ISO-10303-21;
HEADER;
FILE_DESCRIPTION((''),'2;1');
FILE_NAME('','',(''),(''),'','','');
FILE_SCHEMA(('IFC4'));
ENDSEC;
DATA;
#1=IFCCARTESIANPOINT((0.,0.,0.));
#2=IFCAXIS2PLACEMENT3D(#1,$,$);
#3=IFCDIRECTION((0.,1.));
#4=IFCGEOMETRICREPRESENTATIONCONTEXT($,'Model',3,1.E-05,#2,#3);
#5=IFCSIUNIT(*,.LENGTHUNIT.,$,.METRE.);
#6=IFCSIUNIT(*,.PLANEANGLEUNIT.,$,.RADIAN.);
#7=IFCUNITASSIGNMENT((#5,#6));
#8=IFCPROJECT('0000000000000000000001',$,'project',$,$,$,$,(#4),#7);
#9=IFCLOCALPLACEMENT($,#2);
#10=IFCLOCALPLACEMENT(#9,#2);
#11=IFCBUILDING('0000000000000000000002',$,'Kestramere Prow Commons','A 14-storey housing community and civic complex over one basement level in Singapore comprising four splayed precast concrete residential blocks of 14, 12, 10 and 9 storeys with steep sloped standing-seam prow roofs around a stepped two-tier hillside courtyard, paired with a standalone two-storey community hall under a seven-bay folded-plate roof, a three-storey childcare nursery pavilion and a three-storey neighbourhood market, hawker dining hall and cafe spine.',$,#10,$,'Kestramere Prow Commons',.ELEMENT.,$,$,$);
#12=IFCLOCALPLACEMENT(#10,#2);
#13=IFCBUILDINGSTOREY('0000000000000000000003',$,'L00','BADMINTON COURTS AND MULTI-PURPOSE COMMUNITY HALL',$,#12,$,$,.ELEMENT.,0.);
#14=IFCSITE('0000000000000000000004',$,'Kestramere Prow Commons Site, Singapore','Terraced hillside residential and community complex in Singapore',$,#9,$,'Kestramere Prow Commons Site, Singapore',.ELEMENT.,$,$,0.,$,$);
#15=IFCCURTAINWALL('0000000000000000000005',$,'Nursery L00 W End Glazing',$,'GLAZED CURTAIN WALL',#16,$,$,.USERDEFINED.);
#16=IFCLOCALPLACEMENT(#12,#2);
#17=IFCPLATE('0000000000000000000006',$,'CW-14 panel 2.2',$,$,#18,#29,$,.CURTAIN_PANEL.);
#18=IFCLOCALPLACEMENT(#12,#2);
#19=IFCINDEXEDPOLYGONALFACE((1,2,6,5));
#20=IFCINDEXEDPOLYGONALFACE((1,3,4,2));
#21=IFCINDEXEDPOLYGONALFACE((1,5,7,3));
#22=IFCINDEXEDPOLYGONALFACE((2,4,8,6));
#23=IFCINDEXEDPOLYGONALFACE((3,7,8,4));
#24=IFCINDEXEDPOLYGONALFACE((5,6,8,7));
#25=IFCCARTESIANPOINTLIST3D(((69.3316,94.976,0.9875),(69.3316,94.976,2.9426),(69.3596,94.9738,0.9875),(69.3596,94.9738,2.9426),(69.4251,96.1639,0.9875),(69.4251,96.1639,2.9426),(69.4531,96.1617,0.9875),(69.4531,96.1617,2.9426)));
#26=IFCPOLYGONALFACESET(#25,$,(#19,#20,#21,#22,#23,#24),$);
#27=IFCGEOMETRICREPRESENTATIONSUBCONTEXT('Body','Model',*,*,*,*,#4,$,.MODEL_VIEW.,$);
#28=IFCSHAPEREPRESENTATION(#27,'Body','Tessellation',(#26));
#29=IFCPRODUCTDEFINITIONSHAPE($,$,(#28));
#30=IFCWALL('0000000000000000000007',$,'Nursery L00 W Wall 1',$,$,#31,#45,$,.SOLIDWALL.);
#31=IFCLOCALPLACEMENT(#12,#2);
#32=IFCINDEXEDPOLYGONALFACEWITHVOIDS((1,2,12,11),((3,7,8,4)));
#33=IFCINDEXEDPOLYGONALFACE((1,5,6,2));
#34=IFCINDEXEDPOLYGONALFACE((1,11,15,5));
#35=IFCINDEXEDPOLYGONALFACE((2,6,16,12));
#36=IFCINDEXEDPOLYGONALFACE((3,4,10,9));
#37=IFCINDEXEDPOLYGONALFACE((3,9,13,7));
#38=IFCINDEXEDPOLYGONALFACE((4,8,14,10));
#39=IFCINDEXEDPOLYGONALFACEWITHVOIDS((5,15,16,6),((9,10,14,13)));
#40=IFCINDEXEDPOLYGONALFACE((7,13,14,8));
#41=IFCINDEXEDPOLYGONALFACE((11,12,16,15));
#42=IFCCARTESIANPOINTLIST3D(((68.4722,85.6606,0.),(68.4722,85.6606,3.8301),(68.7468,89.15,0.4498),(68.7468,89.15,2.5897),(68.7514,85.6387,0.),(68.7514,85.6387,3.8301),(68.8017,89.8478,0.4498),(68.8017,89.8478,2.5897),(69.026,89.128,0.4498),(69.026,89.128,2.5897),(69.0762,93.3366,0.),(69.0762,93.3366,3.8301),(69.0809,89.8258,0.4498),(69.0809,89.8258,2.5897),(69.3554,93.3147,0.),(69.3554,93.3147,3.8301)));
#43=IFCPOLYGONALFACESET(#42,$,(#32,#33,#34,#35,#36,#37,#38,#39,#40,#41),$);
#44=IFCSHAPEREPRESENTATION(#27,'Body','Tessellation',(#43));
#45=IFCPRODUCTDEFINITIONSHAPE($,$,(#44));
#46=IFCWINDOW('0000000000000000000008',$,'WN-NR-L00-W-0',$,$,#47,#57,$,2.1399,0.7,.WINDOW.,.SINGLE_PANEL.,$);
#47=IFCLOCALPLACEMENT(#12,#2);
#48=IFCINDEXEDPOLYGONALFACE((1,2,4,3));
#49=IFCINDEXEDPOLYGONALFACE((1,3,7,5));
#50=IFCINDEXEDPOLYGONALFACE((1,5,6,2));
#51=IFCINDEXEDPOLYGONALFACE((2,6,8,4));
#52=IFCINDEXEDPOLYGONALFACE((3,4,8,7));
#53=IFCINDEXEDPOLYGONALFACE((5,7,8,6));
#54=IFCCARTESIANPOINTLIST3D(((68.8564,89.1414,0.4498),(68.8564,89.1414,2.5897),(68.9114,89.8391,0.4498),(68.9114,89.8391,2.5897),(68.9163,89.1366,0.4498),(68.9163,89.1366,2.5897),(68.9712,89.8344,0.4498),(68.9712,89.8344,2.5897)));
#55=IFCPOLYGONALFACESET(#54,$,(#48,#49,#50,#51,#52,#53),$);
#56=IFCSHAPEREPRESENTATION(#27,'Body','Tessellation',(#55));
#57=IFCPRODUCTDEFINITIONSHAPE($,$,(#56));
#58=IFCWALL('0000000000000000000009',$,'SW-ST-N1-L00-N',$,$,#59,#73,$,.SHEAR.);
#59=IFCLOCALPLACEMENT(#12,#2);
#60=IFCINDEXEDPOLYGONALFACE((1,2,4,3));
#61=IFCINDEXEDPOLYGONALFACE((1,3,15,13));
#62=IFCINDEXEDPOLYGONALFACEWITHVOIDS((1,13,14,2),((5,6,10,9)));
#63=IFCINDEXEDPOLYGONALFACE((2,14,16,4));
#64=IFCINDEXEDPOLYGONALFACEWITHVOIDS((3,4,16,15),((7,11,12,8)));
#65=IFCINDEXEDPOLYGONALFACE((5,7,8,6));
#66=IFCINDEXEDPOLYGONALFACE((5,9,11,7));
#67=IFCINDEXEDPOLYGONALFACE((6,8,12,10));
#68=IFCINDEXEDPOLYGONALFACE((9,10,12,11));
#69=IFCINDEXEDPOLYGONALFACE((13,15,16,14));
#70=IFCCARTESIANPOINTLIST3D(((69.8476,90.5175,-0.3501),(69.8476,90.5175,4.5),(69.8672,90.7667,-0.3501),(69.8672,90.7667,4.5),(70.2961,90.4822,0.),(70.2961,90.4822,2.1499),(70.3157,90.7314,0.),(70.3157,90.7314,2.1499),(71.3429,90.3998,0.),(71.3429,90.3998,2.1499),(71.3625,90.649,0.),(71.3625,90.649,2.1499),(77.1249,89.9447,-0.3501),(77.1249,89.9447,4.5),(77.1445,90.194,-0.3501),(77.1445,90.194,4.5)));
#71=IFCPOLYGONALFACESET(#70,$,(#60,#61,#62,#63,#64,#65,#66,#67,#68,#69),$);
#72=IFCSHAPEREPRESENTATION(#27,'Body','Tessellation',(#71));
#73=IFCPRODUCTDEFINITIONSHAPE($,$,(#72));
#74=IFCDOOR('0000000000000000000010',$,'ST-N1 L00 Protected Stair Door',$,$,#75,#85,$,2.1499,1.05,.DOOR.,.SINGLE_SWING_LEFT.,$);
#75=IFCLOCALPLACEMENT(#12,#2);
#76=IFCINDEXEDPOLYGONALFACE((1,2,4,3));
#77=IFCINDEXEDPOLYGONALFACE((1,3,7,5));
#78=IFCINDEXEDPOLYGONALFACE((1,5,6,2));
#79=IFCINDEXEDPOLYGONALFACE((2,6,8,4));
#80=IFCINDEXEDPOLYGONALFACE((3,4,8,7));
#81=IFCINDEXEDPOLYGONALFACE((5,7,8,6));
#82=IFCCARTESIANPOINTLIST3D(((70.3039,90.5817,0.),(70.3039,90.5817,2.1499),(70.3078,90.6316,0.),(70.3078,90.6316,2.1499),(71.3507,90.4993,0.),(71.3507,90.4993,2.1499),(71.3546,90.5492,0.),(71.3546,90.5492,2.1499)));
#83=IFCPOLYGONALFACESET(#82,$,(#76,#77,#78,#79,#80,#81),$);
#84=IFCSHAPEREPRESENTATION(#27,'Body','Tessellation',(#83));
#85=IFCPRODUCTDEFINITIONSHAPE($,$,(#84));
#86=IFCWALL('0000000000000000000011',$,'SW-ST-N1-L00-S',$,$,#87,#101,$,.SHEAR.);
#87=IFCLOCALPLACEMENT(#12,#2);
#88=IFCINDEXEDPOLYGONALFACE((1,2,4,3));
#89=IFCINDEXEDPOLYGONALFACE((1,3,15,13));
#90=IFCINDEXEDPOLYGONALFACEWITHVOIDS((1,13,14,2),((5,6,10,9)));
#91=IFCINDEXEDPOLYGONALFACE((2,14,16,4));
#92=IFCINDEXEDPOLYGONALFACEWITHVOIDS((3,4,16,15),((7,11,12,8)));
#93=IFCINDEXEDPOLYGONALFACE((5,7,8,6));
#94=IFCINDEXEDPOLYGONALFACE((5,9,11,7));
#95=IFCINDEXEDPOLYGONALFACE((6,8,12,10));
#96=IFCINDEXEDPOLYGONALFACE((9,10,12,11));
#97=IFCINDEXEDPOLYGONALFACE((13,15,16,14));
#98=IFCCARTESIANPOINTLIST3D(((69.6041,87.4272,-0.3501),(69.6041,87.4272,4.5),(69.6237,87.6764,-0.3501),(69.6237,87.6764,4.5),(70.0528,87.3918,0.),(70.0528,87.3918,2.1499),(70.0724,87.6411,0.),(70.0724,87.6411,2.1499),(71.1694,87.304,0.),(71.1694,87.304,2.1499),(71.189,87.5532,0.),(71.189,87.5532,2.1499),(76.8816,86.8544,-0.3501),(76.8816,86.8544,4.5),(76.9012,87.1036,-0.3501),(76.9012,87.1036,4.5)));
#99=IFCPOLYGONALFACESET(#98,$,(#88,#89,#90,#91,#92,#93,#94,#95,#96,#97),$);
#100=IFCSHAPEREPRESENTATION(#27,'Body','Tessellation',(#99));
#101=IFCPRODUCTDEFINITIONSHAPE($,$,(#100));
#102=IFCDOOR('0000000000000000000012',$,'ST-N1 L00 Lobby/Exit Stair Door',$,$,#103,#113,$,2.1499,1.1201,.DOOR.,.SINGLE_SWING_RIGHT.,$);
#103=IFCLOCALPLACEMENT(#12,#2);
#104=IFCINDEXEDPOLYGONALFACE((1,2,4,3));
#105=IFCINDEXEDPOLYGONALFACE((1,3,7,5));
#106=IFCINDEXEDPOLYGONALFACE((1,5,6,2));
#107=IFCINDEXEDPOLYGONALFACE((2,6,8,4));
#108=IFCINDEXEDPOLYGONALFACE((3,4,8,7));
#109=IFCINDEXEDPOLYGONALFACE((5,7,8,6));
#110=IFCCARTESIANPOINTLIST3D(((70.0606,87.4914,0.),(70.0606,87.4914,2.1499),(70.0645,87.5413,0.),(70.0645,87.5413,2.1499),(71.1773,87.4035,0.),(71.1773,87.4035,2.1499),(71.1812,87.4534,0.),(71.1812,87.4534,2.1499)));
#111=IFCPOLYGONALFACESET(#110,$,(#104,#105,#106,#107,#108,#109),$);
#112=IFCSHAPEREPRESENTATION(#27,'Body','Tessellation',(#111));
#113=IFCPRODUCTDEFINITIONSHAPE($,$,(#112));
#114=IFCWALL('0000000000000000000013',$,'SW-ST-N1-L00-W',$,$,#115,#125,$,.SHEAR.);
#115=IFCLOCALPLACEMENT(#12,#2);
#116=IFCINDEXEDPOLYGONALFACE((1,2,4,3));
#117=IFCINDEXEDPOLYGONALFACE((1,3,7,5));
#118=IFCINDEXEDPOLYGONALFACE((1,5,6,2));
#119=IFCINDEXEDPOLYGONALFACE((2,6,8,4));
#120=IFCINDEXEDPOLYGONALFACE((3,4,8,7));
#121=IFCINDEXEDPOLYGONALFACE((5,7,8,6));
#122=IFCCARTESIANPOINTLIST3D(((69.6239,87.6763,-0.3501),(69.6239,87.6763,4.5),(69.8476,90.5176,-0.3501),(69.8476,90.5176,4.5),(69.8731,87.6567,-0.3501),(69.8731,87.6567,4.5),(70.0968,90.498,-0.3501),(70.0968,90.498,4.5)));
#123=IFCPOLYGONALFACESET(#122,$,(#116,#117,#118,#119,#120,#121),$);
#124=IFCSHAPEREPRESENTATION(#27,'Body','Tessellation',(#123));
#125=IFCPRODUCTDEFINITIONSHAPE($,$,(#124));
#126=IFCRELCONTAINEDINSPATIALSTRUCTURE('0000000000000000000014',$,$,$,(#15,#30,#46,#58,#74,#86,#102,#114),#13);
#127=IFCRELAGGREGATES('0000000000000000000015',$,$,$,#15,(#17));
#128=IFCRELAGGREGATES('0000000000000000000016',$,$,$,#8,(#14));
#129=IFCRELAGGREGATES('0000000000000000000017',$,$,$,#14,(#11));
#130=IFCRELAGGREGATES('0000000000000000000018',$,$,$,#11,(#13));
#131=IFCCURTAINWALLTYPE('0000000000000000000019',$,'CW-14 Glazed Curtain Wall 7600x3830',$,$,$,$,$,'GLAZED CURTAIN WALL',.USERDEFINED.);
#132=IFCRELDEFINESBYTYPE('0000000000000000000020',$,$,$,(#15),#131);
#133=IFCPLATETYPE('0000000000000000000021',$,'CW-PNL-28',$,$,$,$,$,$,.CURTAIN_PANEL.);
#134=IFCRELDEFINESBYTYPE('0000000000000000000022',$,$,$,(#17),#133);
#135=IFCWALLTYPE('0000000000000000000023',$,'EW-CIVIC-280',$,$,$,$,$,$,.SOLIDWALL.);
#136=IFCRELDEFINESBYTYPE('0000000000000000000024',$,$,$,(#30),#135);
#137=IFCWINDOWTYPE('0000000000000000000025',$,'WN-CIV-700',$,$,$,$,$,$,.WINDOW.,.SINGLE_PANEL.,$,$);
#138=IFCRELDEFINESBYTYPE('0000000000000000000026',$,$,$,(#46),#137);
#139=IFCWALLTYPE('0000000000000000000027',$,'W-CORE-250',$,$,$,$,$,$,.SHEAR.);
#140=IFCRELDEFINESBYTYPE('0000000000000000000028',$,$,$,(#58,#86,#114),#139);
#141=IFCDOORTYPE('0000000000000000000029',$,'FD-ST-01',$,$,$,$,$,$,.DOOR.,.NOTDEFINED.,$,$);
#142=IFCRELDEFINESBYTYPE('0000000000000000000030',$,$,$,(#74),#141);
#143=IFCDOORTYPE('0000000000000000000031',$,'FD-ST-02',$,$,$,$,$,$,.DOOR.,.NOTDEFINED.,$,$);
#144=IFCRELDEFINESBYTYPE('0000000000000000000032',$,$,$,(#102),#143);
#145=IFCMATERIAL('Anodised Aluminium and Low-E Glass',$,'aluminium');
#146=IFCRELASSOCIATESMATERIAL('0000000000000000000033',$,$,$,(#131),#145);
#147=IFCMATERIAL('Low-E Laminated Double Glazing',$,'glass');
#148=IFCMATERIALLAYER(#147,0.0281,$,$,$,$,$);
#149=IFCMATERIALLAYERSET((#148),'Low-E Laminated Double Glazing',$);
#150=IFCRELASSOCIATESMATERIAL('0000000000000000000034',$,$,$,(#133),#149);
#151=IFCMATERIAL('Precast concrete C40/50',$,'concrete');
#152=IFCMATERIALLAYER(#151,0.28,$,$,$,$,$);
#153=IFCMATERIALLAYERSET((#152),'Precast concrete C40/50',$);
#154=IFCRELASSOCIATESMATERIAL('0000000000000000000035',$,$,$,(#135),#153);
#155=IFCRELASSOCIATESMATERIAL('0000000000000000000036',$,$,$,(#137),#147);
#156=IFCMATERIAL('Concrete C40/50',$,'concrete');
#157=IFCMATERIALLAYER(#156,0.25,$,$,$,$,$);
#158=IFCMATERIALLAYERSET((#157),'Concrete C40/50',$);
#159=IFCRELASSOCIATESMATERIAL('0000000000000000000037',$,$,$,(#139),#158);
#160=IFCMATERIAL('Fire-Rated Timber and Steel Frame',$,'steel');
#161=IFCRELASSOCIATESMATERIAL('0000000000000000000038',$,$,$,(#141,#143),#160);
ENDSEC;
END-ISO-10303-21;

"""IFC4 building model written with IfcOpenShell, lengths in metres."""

from ifc_helpers import new_model, si_unit, direction, frame, frame_2d, origin, origin_2d, place, context, subcontext, project, spatial, rectangle, extrude, material, layer, layer_set, type_object, element, fill, aggregate, save


model = new_model("IFC4")

# Units and contexts
model_context = context("Model", 3, precision=1e-05, world=origin(), true_north=direction((0.0, 1.0)))
body_context = subcontext(model_context, "Body", "Model", "MODEL_VIEW")
ifc_project = project(units=[si_unit("LENGTHUNIT", "METRE"), si_unit("PLANEANGLEUNIT", "RADIAN")], contexts=[model_context])

# Site, building, storey
site_placement = place(None, origin())
site = spatial("IfcSite", under=ifc_project, at=site_placement, Name="Kestramere Prow Commons Site, Singapore", Description="Terraced hillside residential and community complex in Singapore", LongName="Kestramere Prow Commons Site, Singapore", CompositionType="ELEMENT", RefElevation=0.0)
building_placement = place(site_placement, origin())
building = spatial("IfcBuilding", under=site, at=building_placement, Name="Kestramere Prow Commons", Description="A 14-storey housing community and civic complex over one basement level in Singapore comprising four splayed precast concrete residential blocks of 14, 12, 10 and 9 storeys with steep sloped standing-seam prow roofs around a stepped two-tier hillside courtyard, paired with a standalone two-storey community hall under a seven-bay folded-plate roof, a three-storey childcare nursery pavilion and a three-storey neighbourhood market, hawker dining hall and cafe spine.", LongName="Kestramere Prow Commons", CompositionType="ELEMENT")
storey_placement = place(building_placement, origin())
storey = spatial("IfcBuildingStorey", under=building, at=storey_placement, Name="L00", Description="BADMINTON COURTS AND MULTI-PURPOSE COMMUNITY HALL", CompositionType="ELEMENT", Elevation=0.0)

# Curtain wall, plate
ifc_material_1 = material(Name="Anodised Aluminium and Low-E Glass", Category="aluminium")
curtain_wall_type = type_object("IfcCurtainWallType", Name="CW-14 Glazed Curtain Wall 7600x3830", ElementType="GLAZED CURTAIN WALL", PredefinedType="USERDEFINED", material=ifc_material_1)
curtain_wall_placement = place(storey_placement, origin())
curtain_wall = element("IfcCurtainWall", 1, at=curtain_wall_placement, inside=storey, type_object=curtain_wall_type, Name="Nursery L00 W End Glazing", ObjectType="GLAZED CURTAIN WALL", PredefinedType="USERDEFINED")
ifc_material_2 = material(Name="Low-E Laminated Double Glazing", Category="glass")
ifc_layer_1 = layer(ifc_material_2, 0.0281)
ifc_layer_set_1 = layer_set([ifc_layer_1], Name="Low-E Laminated Double Glazing")
plate_type = type_object("IfcPlateType", Name="CW-PNL-28", PredefinedType="CURTAIN_PANEL", material=ifc_layer_set_1)
plate_1_placement = place(storey_placement, frame((69.3923, 95.5688, 0.9875), z_axis=(0.0, 0.0, 1.0), x_axis=(0.078459, 0.996917, 0.0)))
plate_1 = element("IfcPlate", 2, at=plate_1_placement, type_object=plate_type, Name="CW-14 panel 2.2", PredefinedType="CURTAIN_PANEL", context=body_context, shape_type="SweptSolid", body=[
    extrude(rectangle(XDim=1.1917, YDim=0.0281, at=origin_2d()), origin(), (0.0, 0.0, 1.0), 1.9551),
])
aggregate(curtain_wall, [plate_1])

# Wall, opening, window
ifc_material_3 = material(Name="Precast concrete C40/50", Category="concrete")
ifc_layer_2 = layer(ifc_material_3, 0.28)
ifc_layer_set_2 = layer_set([ifc_layer_2], Name="Precast concrete C40/50")
wall_type_1 = type_object("IfcWallType", Name="EW-CIVIC-280", PredefinedType="SOLIDWALL", material=ifc_layer_set_2)
wall_1_placement = place(storey_placement, frame((68.6118, 85.6497, 0.0), z_axis=(0.0, 0.0, 1.0), x_axis=(0.078445, 0.996918, 0.0)))
wall_1 = element("IfcWall", 3, at=wall_1_placement, inside=storey, type_object=wall_type_1, Name="Nursery L00 W Wall 1", PredefinedType="SOLIDWALL", context=body_context, shape_type="SweptSolid", body=[
    extrude(rectangle(XDim=7.6997, YDim=0.28, at=frame_2d((3.8499, 0.0))), origin(), (0.0, 0.0, 1.0), 3.8301),
])
opening_1_placement = place(wall_1_placement, frame((3.5, 0.0, 0.45)))
opening_1 = element("IfcOpeningElement", 4, at=opening_1_placement, cuts=wall_1, PredefinedType="OPENING", context=body_context, shape_type="SweptSolid", body=[
    extrude(rectangle(XDim=0.7, YDim=2.1399, at=frame_2d((0.3501, 1.0698))), frame((0.0, 0.155, 0.0), z_axis=(0.0, -1.0, 0.0), x_axis=(1.0, 0.0, 0.0)), (0.0, 0.0, 1.0), 0.3101),
])
window_type = type_object("IfcWindowType", Name="WN-CIV-700", PartitioningType="SINGLE_PANEL", PredefinedType="WINDOW", material=ifc_material_2)
window_placement = place(opening_1_placement, origin())
window = element("IfcWindow", 5, at=window_placement, inside=storey, type_object=window_type, Name="WN-NR-L00-W-0", OverallHeight=2.1399, OverallWidth=0.7, PartitioningType="SINGLE_PANEL", PredefinedType="WINDOW", context=body_context, shape_type="SweptSolid", body=[
    extrude(rectangle(XDim=0.7, YDim=2.1399, at=frame_2d((0.3501, 1.0698))), frame((0.0, 0.03, 0.0), z_axis=(0.0, -1.0, 0.0), x_axis=(1.0, 0.0, 0.0)), (0.0, 0.0, 1.0), 0.0601),
])
fill(opening_1, window)

# Walls, openings, doors
ifc_material_4 = material(Name="Concrete C40/50", Category="concrete")
ifc_layer_3 = layer(ifc_material_4, 0.25)
ifc_layer_set_3 = layer_set([ifc_layer_3], Name="Concrete C40/50")
wall_type_2 = type_object("IfcWallType", Name="W-CORE-250", PredefinedType="SHEAR", material=ifc_layer_set_3)
wall_2_placement = place(storey_placement, frame((69.8574, 90.6421, -0.3501), z_axis=(0.0, 0.0, 1.0), x_axis=(0.996917, -0.078461, 0.0)))
wall_2 = element("IfcWall", 6, at=wall_2_placement, inside=storey, type_object=wall_type_2, Name="SW-ST-N1-L00-N", PredefinedType="SHEAR", context=body_context, shape_type="SweptSolid", body=[
    extrude(rectangle(XDim=7.2998, YDim=0.25, at=frame_2d((3.6499, 0.0))), origin(), (0.0, 0.0, 1.0), 4.8501),
])
opening_2_placement = place(wall_2_placement, frame((0.45, 0.0, 0.3501)))
opening_2 = element("IfcOpeningElement", 7, at=opening_2_placement, cuts=wall_2, PredefinedType="OPENING", context=body_context, shape_type="SweptSolid", body=[
    extrude(rectangle(XDim=1.05, YDim=2.1499, at=frame_2d((0.5249, 1.075))), frame((0.0, 0.1399, 0.0), z_axis=(0.0, -1.0, 0.0), x_axis=(1.0, 0.0, 0.0)), (0.0, 0.0, 1.0), 0.28),
])
ifc_material_5 = material(Name="Fire-Rated Timber and Steel Frame", Category="steel")
door_type_1 = type_object("IfcDoorType", Name="FD-ST-01", OperationType="NOTDEFINED", PredefinedType="DOOR", material=ifc_material_5)
door_1_placement = place(opening_2_placement, origin())
door_1 = element("IfcDoor", 8, at=door_1_placement, inside=storey, type_object=door_type_1, Name="ST-N1 L00 Protected Stair Door", OperationType="SINGLE_SWING_LEFT", OverallHeight=2.1499, OverallWidth=1.05, PredefinedType="DOOR", context=body_context, shape_type="SweptSolid", body=[
    extrude(rectangle(XDim=1.05, YDim=2.1499, at=frame_2d((0.5249, 1.075))), frame((0.0, 0.0249, 0.0), z_axis=(0.0, -1.0, 0.0), x_axis=(1.0, 0.0, 0.0)), (0.0, 0.0, 1.0), 0.05),
])
fill(opening_2, door_1)
wall_3_placement = place(storey_placement, frame((69.614, 87.5518, -0.3501), z_axis=(0.0, 0.0, 1.0), x_axis=(0.996917, -0.078458, 0.0)))
wall_3 = element("IfcWall", 9, at=wall_3_placement, inside=storey, type_object=wall_type_2, Name="SW-ST-N1-L00-S", PredefinedType="SHEAR", context=body_context, shape_type="SweptSolid", body=[
    extrude(rectangle(XDim=7.3, YDim=0.25, at=frame_2d((3.6499, 0.0))), origin(), (0.0, 0.0, 1.0), 4.8501),
])
opening_3_placement = place(wall_3_placement, frame((0.45, 0.0, 0.3501)))
opening_3 = element("IfcOpeningElement", 10, at=opening_3_placement, cuts=wall_3, PredefinedType="OPENING", context=body_context, shape_type="SweptSolid", body=[
    extrude(rectangle(XDim=1.1201, YDim=2.1499, at=frame_2d((0.5601, 1.075))), frame((0.0, 0.1399, 0.0), z_axis=(0.0, -1.0, 0.0), x_axis=(1.0, 0.0, 0.0)), (0.0, 0.0, 1.0), 0.28),
])
door_type_2 = type_object("IfcDoorType", Name="FD-ST-02", OperationType="NOTDEFINED", PredefinedType="DOOR", material=ifc_material_5)
door_2_placement = place(opening_3_placement, origin())
door_2 = element("IfcDoor", 11, at=door_2_placement, inside=storey, type_object=door_type_2, Name="ST-N1 L00 Lobby/Exit Stair Door", OperationType="SINGLE_SWING_RIGHT", OverallHeight=2.1499, OverallWidth=1.1201, PredefinedType="DOOR", context=body_context, shape_type="SweptSolid", body=[
    extrude(rectangle(XDim=1.1201, YDim=2.1499, at=frame_2d((0.5601, 1.075))), frame((0.0, 0.0249, 0.0), z_axis=(0.0, -1.0, 0.0), x_axis=(1.0, 0.0, 0.0)), (0.0, 0.0, 1.0), 0.05),
])
fill(opening_3, door_2)

# Wall
wall_4_placement = place(storey_placement, frame((69.7485, 87.6665, -0.3501), z_axis=(0.0, 0.0, 1.0), x_axis=(0.078465, 0.996917, 0.0)))
element("IfcWall", 12, at=wall_4_placement, inside=storey, type_object=wall_type_2, Name="SW-ST-N1-L00-W", PredefinedType="SHEAR", context=body_context, shape_type="SweptSolid", body=[
    extrude(rectangle(XDim=2.8501, YDim=0.25, at=frame_2d((1.425, 0.0))), origin(), (0.0, 0.0, 1.0), 4.8501),
])

save(model, "model.ifc")
